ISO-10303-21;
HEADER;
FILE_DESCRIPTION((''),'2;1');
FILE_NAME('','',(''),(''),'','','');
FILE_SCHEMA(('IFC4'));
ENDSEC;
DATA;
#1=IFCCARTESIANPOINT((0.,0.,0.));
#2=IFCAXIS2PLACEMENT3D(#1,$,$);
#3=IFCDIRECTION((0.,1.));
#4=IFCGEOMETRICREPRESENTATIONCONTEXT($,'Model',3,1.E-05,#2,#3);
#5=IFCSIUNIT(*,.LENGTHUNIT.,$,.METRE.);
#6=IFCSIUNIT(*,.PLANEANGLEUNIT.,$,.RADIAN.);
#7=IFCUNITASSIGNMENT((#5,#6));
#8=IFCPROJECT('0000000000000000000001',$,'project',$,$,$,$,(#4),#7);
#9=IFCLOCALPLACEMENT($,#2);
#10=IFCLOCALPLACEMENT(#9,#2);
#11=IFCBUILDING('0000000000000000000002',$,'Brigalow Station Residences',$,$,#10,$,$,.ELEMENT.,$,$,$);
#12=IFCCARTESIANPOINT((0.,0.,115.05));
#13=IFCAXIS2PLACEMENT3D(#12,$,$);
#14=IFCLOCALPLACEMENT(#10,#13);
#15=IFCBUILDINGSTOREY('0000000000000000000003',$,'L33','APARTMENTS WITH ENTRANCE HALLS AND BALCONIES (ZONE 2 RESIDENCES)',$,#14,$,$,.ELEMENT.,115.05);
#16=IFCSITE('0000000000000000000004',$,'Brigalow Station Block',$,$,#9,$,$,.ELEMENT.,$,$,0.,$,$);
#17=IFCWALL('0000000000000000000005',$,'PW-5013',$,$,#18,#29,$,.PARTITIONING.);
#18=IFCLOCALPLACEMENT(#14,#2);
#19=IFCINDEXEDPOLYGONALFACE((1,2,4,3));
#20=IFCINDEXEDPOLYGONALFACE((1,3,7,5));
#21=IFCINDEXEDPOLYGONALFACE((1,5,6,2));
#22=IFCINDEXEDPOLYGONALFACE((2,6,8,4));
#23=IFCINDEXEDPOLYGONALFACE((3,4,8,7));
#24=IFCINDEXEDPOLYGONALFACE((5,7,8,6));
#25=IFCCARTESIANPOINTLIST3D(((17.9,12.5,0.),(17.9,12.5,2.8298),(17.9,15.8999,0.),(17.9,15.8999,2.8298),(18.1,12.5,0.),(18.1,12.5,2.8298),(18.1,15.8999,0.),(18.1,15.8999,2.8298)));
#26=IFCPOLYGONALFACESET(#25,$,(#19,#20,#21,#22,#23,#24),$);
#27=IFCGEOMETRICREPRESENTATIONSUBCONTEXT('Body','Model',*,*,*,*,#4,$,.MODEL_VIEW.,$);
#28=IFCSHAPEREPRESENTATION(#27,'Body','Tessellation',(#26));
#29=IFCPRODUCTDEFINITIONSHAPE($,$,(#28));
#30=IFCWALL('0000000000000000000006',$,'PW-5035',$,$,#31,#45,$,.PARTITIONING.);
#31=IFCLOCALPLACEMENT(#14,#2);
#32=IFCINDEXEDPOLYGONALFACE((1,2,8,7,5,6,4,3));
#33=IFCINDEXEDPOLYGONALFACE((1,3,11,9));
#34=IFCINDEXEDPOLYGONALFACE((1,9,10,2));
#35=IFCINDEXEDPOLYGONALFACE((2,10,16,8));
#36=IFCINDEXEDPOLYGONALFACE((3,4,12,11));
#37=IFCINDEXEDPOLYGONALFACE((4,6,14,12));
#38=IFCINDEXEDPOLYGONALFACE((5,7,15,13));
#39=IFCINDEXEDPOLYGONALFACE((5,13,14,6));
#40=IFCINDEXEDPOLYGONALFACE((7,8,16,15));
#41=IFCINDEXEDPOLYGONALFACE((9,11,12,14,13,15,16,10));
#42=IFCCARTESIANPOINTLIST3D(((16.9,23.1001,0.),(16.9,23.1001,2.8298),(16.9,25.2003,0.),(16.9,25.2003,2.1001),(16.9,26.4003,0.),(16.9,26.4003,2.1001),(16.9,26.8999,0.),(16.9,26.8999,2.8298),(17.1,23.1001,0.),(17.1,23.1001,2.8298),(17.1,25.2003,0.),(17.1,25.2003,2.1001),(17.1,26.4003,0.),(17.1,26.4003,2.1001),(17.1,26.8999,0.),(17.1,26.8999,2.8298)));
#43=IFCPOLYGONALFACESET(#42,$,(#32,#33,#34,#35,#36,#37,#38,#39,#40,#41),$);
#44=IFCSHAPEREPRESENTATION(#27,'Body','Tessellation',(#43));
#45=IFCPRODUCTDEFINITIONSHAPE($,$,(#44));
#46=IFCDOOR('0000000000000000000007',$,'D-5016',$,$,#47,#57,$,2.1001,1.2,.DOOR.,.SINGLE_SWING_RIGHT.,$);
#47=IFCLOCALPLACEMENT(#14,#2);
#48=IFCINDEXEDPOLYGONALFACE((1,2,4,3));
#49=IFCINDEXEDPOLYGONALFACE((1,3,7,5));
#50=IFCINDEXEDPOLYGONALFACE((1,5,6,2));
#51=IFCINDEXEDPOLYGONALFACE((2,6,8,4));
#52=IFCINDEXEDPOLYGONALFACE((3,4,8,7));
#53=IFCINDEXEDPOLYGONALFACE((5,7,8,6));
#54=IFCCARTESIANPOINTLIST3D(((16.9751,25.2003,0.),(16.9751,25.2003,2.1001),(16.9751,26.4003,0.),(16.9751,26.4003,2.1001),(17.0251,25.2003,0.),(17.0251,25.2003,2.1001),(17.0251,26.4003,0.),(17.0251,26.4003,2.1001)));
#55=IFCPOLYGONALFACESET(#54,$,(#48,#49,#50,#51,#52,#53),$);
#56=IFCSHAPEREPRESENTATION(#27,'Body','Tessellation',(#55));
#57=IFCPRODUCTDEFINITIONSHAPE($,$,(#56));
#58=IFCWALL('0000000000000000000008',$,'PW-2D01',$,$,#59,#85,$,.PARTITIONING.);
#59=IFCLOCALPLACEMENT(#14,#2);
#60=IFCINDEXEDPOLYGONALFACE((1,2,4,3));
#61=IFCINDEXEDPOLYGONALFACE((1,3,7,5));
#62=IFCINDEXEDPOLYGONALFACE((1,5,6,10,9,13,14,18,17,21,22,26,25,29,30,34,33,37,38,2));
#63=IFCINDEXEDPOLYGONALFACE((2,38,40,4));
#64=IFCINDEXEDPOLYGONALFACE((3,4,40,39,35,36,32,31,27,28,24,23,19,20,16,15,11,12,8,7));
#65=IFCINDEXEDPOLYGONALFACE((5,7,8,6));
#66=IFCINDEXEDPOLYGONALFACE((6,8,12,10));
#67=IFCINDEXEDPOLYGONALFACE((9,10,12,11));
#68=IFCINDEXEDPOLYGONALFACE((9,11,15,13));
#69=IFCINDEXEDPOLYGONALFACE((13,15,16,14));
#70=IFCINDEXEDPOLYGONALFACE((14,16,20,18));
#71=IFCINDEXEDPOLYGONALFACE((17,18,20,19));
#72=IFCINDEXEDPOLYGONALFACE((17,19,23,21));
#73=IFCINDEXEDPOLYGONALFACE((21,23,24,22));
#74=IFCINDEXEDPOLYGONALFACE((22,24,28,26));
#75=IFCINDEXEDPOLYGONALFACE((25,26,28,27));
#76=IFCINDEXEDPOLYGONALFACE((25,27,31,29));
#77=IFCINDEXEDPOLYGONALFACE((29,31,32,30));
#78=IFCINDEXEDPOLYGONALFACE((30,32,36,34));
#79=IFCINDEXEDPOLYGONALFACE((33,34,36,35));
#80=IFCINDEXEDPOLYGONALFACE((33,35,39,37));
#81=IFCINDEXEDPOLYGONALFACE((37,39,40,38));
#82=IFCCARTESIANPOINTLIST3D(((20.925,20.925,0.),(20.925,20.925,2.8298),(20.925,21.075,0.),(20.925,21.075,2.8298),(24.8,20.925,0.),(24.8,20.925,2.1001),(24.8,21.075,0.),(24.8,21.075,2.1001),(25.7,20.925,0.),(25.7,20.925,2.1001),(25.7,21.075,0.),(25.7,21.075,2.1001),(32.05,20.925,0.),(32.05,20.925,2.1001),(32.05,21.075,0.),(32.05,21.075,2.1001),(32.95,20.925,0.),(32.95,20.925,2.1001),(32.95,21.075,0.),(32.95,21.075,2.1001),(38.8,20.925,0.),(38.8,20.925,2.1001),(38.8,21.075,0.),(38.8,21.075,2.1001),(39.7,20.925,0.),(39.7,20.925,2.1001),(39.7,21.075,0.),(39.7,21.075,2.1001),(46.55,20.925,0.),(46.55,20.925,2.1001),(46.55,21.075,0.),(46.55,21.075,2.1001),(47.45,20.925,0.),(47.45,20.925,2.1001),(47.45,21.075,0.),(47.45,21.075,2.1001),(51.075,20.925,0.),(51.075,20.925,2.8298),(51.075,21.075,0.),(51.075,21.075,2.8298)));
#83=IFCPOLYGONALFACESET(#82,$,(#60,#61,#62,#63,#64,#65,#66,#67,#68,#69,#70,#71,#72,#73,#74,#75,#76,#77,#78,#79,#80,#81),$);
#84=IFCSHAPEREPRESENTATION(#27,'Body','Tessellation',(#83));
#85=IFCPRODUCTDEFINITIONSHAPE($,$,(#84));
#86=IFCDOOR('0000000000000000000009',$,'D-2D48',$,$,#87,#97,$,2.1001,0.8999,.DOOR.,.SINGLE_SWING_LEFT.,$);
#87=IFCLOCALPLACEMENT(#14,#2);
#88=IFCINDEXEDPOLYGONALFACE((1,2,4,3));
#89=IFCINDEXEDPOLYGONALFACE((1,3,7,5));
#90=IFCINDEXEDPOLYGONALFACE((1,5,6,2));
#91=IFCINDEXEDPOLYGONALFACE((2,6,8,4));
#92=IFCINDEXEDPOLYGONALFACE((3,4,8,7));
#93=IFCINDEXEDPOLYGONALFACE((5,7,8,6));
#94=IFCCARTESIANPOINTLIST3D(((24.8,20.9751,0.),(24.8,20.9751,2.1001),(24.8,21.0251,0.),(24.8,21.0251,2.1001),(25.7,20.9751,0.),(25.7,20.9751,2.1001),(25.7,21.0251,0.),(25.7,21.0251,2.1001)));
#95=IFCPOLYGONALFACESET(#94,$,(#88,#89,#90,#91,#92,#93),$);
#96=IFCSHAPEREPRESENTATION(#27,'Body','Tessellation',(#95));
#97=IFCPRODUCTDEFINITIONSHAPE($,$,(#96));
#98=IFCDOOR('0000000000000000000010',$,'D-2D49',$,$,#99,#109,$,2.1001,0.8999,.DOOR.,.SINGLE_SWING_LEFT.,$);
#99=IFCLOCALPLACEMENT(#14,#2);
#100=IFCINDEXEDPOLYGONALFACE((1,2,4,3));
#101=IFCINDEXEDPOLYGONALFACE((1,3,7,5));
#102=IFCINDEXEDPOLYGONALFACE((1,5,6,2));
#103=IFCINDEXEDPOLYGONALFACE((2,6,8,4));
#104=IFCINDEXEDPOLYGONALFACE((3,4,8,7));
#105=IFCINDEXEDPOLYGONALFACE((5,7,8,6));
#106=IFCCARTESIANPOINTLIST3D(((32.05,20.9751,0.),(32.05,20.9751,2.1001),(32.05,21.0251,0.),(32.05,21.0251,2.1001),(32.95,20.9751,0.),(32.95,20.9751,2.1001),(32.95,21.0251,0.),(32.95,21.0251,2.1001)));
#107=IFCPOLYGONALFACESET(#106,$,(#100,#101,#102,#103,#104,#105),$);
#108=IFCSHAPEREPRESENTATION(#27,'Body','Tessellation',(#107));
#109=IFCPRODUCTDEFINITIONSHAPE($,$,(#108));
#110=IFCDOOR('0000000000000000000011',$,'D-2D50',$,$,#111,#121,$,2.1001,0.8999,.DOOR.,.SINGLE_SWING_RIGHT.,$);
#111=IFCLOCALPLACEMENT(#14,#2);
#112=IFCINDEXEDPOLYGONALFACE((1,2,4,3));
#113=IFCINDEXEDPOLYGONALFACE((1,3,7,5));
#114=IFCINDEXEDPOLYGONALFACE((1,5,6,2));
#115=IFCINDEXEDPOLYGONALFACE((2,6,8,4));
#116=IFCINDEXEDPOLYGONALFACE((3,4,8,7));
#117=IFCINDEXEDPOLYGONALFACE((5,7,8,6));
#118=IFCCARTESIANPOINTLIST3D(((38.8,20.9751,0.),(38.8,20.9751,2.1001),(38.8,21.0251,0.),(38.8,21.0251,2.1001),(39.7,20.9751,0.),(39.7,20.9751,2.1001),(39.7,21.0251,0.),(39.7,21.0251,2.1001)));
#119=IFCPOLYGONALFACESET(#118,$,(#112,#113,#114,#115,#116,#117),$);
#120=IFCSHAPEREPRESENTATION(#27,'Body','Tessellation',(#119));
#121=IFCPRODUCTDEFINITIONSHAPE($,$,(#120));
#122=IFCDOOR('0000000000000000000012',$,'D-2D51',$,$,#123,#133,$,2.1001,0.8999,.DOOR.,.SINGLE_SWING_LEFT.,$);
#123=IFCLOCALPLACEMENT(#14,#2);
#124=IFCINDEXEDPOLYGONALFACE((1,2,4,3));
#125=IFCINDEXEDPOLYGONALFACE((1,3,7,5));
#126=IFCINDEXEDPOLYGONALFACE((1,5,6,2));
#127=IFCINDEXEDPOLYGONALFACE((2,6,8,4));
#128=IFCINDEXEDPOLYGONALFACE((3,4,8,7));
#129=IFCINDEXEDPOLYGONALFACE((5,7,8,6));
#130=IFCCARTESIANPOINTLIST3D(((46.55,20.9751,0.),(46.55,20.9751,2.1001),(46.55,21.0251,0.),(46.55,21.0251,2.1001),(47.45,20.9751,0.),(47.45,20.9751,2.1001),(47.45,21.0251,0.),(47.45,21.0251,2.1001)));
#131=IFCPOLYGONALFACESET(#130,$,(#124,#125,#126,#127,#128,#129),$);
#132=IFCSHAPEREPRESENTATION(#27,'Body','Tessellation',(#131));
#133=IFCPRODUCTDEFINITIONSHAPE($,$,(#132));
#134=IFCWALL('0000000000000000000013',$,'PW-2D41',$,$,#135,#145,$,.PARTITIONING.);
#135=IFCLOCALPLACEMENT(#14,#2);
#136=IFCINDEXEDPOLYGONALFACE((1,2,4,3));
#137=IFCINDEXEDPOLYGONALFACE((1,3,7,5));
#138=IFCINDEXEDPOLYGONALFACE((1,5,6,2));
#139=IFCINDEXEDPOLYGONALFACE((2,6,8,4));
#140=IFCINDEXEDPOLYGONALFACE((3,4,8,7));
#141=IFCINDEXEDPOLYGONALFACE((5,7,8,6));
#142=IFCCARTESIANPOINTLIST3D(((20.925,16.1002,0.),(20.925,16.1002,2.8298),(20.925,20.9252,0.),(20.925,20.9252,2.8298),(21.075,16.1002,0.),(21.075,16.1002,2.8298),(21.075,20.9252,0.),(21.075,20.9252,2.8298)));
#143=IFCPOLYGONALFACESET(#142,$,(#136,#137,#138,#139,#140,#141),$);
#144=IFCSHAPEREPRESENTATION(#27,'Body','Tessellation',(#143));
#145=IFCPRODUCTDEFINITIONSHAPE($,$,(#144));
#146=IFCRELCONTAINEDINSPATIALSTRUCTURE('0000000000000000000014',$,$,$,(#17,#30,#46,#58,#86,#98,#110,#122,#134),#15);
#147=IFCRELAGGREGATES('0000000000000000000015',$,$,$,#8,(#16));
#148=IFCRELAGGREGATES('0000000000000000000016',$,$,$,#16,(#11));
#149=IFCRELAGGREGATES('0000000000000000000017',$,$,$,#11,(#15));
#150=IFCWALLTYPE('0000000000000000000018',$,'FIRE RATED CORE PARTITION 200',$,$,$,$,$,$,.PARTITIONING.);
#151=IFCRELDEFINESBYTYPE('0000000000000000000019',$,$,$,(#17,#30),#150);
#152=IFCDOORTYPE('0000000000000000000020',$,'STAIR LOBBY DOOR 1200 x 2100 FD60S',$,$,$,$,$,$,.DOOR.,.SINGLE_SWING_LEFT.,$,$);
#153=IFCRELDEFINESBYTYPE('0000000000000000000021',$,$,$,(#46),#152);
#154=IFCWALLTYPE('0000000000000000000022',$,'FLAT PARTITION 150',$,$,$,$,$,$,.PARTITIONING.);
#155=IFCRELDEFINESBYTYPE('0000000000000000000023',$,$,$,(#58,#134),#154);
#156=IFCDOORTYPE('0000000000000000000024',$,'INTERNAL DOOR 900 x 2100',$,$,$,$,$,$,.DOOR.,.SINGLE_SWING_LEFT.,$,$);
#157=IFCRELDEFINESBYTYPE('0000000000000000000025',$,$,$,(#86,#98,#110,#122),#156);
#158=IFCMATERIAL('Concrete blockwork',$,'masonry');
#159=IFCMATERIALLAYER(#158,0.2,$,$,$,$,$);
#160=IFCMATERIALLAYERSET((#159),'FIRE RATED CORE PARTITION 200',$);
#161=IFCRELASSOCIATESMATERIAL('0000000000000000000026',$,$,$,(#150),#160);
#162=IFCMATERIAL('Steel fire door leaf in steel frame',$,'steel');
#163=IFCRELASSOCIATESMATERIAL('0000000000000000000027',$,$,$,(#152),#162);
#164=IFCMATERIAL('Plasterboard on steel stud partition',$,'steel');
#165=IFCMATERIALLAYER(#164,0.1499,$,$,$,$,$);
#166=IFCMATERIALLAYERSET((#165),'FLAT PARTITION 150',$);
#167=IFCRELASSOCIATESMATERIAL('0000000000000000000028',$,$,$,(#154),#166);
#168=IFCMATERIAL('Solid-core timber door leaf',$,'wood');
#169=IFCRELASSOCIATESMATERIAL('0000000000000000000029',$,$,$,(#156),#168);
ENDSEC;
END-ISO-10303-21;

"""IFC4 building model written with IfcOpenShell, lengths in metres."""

from ifc_helpers import new_model, si_unit, direction, frame, frame_2d, origin, place, context, subcontext, project, spatial, rectangle, extrude, material, layer, layer_set, type_object, element, fill, save


model = new_model("IFC4")

# Units and contexts
model_context = context("Model", 3, precision=1e-05, world=origin(), true_north=direction((0.0, 1.0)))
body_context = subcontext(model_context, "Body", "Model", "MODEL_VIEW")
ifc_project = project(units=[si_unit("LENGTHUNIT", "METRE"), si_unit("PLANEANGLEUNIT", "RADIAN")], contexts=[model_context])

# Site, building, storey
site_placement = place(None, origin())
site = spatial("IfcSite", under=ifc_project, at=site_placement, Name="Brigalow Station Block", CompositionType="ELEMENT", RefElevation=0.0)
building_placement = place(site_placement, origin())
building = spatial("IfcBuilding", under=site, at=building_placement, Name="Brigalow Station Residences", CompositionType="ELEMENT")
storey_placement = place(building_placement, frame((0.0, 0.0, 115.05)))
storey = spatial("IfcBuildingStorey", under=building, at=storey_placement, Name="L33", Description="APARTMENTS WITH ENTRANCE HALLS AND BALCONIES (ZONE 2 RESIDENCES)", CompositionType="ELEMENT", Elevation=115.05)

# Wall
ifc_material_1 = material(Name="Concrete blockwork", Category="masonry")
ifc_layer_1 = layer(ifc_material_1, 0.2)
ifc_layer_set_1 = layer_set([ifc_layer_1], Name="FIRE RATED CORE PARTITION 200")
wall_type_1 = type_object("IfcWallType", Name="FIRE RATED CORE PARTITION 200", PredefinedType="PARTITIONING", material=ifc_layer_set_1)
wall_1_placement = place(storey_placement, frame((18.0, 12.5, 0.0), z_axis=(0.0, 0.0, 1.0), x_axis=(0.0, 1.0, 0.0)))
element("IfcWall", 1, at=wall_1_placement, inside=storey, type_object=wall_type_1, Name="PW-5013", PredefinedType="PARTITIONING", context=body_context, shape_type="SweptSolid", body=[
    extrude(rectangle(XDim=3.3999, YDim=0.2, at=frame_2d((1.7, 0.0))), origin(), (0.0, 0.0, 1.0), 2.8298),
])

# Wall, opening, door
wall_2_placement = place(storey_placement, frame((17.0, 23.1001, 0.0), z_axis=(0.0, 0.0, 1.0), x_axis=(0.0, 1.0, 0.0)))
wall_2 = element("IfcWall", 2, at=wall_2_placement, inside=storey, type_object=wall_type_1, Name="PW-5035", PredefinedType="PARTITIONING", context=body_context, shape_type="SweptSolid", body=[
    extrude(rectangle(XDim=3.7998, YDim=0.2, at=frame_2d((1.8999, 0.0))), origin(), (0.0, 0.0, 1.0), 2.8298),
])
opening_1_placement = place(wall_2_placement, frame((2.1001, 0.0, 0.0)))
opening_1 = element("IfcOpeningElement", 3, at=opening_1_placement, cuts=wall_2, PredefinedType="OPENING", context=body_context, shape_type="SweptSolid", body=[
    extrude(rectangle(XDim=1.2, YDim=2.1001, at=frame_2d((0.6001, 1.05))), frame((0.0, 0.1099, 0.0), z_axis=(0.0, -1.0, 0.0), x_axis=(1.0, 0.0, 0.0)), (0.0, 0.0, 1.0), 0.22),
])
ifc_material_2 = material(Name="Steel fire door leaf in steel frame", Category="steel")
door_type_1 = type_object("IfcDoorType", Name="STAIR LOBBY DOOR 1200 x 2100 FD60S", OperationType="SINGLE_SWING_LEFT", PredefinedType="DOOR", material=ifc_material_2)
door_1_placement = place(opening_1_placement, origin())
door_1 = element("IfcDoor", 4, at=door_1_placement, inside=storey, type_object=door_type_1, Name="D-5016", OperationType="SINGLE_SWING_RIGHT", OverallHeight=2.1001, OverallWidth=1.2, PredefinedType="DOOR", context=body_context, shape_type="SweptSolid", body=[
    extrude(rectangle(XDim=1.2, YDim=2.1001, at=frame_2d((0.6001, 1.05))), frame((0.0, 0.0249, 0.0), z_axis=(0.0, -1.0, 0.0), x_axis=(1.0, 0.0, 0.0)), (0.0, 0.0, 1.0), 0.05),
])
fill(opening_1, door_1)

# Wall, openings, doors
ifc_material_3 = material(Name="Plasterboard on steel stud partition", Category="steel")
ifc_layer_2 = layer(ifc_material_3, 0.1499)
ifc_layer_set_2 = layer_set([ifc_layer_2], Name="FLAT PARTITION 150")
wall_type_2 = type_object("IfcWallType", Name="FLAT PARTITION 150", PredefinedType="PARTITIONING", material=ifc_layer_set_2)
wall_3_placement = place(storey_placement, frame((20.925, 21.0, 0.0), z_axis=(0.0, 0.0, 1.0), x_axis=(1.0, 0.0, 0.0)))
wall_3 = element("IfcWall", 5, at=wall_3_placement, inside=storey, type_object=wall_type_2, Name="PW-2D01", PredefinedType="PARTITIONING", context=body_context, shape_type="SweptSolid", body=[
    extrude(rectangle(XDim=30.1499, YDim=0.1499, at=frame_2d((15.075, 0.0))), origin(), (0.0, 0.0, 1.0), 2.8298),
])
opening_2_placement = place(wall_3_placement, frame((3.875, 0.0, 0.0)))
opening_2 = element("IfcOpeningElement", 6, at=opening_2_placement, cuts=wall_3, PredefinedType="OPENING", context=body_context, shape_type="SweptSolid", body=[
    extrude(rectangle(XDim=0.8999, YDim=2.1001, at=frame_2d((0.45, 1.05))), frame((0.0, 0.085, 0.0), z_axis=(0.0, -1.0, 0.0), x_axis=(1.0, 0.0, 0.0)), (0.0, 0.0, 1.0), 0.1699),
])
opening_3_placement = place(wall_3_placement, frame((11.125, 0.0, 0.0)))
opening_3 = element("IfcOpeningElement", 7, at=opening_3_placement, cuts=wall_3, PredefinedType="OPENING", context=body_context, shape_type="SweptSolid", body=[
    extrude(rectangle(XDim=0.8999, YDim=2.1001, at=frame_2d((0.45, 1.05))), frame((0.0, 0.085, 0.0), z_axis=(0.0, -1.0, 0.0), x_axis=(1.0, 0.0, 0.0)), (0.0, 0.0, 1.0), 0.1699),
])
opening_4_placement = place(wall_3_placement, frame((17.875, 0.0, 0.0)))
opening_4 = element("IfcOpeningElement", 8, at=opening_4_placement, cuts=wall_3, PredefinedType="OPENING", context=body_context, shape_type="SweptSolid", body=[
    extrude(rectangle(XDim=0.8999, YDim=2.1001, at=frame_2d((0.45, 1.05))), frame((0.0, 0.085, 0.0), z_axis=(0.0, -1.0, 0.0), x_axis=(1.0, 0.0, 0.0)), (0.0, 0.0, 1.0), 0.1699),
])
opening_5_placement = place(wall_3_placement, frame((25.625, 0.0, 0.0)))
opening_5 = element("IfcOpeningElement", 9, at=opening_5_placement, cuts=wall_3, PredefinedType="OPENING", context=body_context, shape_type="SweptSolid", body=[
    extrude(rectangle(XDim=0.8999, YDim=2.1001, at=frame_2d((0.45, 1.05))), frame((0.0, 0.085, 0.0), z_axis=(0.0, -1.0, 0.0), x_axis=(1.0, 0.0, 0.0)), (0.0, 0.0, 1.0), 0.1699),
])
ifc_material_4 = material(Name="Solid-core timber door leaf", Category="wood")
door_type_2 = type_object("IfcDoorType", Name="INTERNAL DOOR 900 x 2100", OperationType="SINGLE_SWING_LEFT", PredefinedType="DOOR", material=ifc_material_4)
door_2_placement = place(opening_2_placement, frame((0.8999, 0.0, 0.0), z_axis=(0.0, 0.0, 1.0), x_axis=(-1.0, 0.0, 0.0)))
door_2 = element("IfcDoor", 10, at=door_2_placement, inside=storey, type_object=door_type_2, Name="D-2D48", OperationType="SINGLE_SWING_LEFT", OverallHeight=2.1001, OverallWidth=0.8999, PredefinedType="DOOR", context=body_context, shape_type="SweptSolid", body=[
    extrude(rectangle(XDim=0.8999, YDim=2.1001, at=frame_2d((0.45, 1.05))), frame((0.0, 0.0249, 0.0), z_axis=(0.0, -1.0, 0.0), x_axis=(1.0, 0.0, 0.0)), (0.0, 0.0, 1.0), 0.05),
])
fill(opening_2, door_2)
door_3_placement = place(opening_3_placement, frame((0.8999, 0.0, 0.0), z_axis=(0.0, 0.0, 1.0), x_axis=(-1.0, 0.0, 0.0)))
door_3 = element("IfcDoor", 11, at=door_3_placement, inside=storey, type_object=door_type_2, Name="D-2D49", OperationType="SINGLE_SWING_LEFT", OverallHeight=2.1001, OverallWidth=0.8999, PredefinedType="DOOR", context=body_context, shape_type="SweptSolid", body=[
    extrude(rectangle(XDim=0.8999, YDim=2.1001, at=frame_2d((0.45, 1.05))), frame((0.0, 0.0249, 0.0), z_axis=(0.0, -1.0, 0.0), x_axis=(1.0, 0.0, 0.0)), (0.0, 0.0, 1.0), 0.05),
])
fill(opening_3, door_3)
door_4_placement = place(opening_4_placement, frame((0.8999, 0.0, 0.0), z_axis=(0.0, 0.0, 1.0), x_axis=(-1.0, 0.0, 0.0)))
door_4 = element("IfcDoor", 12, at=door_4_placement, inside=storey, type_object=door_type_2, Name="D-2D50", OperationType="SINGLE_SWING_RIGHT", OverallHeight=2.1001, OverallWidth=0.8999, PredefinedType="DOOR", context=body_context, shape_type="SweptSolid", body=[
    extrude(rectangle(XDim=0.8999, YDim=2.1001, at=frame_2d((0.45, 1.05))), frame((0.0, 0.0249, 0.0), z_axis=(0.0, -1.0, 0.0), x_axis=(1.0, 0.0, 0.0)), (0.0, 0.0, 1.0), 0.05),
])
fill(opening_4, door_4)
door_5_placement = place(opening_5_placement, frame((0.8999, 0.0, 0.0), z_axis=(0.0, 0.0, 1.0), x_axis=(-1.0, 0.0, 0.0)))
door_5 = element("IfcDoor", 13, at=door_5_placement, inside=storey, type_object=door_type_2, Name="D-2D51", OperationType="SINGLE_SWING_LEFT", OverallHeight=2.1001, OverallWidth=0.8999, PredefinedType="DOOR", context=body_context, shape_type="SweptSolid", body=[
    extrude(rectangle(XDim=0.8999, YDim=2.1001, at=frame_2d((0.45, 1.05))), frame((0.0, 0.0249, 0.0), z_axis=(0.0, -1.0, 0.0), x_axis=(1.0, 0.0, 0.0)), (0.0, 0.0, 1.0), 0.05),
])
fill(opening_5, door_5)

# Wall
wall_4_placement = place(storey_placement, frame((21.0, 16.1001, 0.0), z_axis=(0.0, 0.0, 1.0), x_axis=(0.0, 1.0, 0.0)))
element("IfcWall", 14, at=wall_4_placement, inside=storey, type_object=wall_type_2, Name="PW-2D41", PredefinedType="PARTITIONING", context=body_context, shape_type="SweptSolid", body=[
    extrude(rectangle(XDim=4.825, YDim=0.1499, at=frame_2d((2.4126, 0.0))), origin(), (0.0, 0.0, 1.0), 2.8298),
])

save(model, "model.ifc")
